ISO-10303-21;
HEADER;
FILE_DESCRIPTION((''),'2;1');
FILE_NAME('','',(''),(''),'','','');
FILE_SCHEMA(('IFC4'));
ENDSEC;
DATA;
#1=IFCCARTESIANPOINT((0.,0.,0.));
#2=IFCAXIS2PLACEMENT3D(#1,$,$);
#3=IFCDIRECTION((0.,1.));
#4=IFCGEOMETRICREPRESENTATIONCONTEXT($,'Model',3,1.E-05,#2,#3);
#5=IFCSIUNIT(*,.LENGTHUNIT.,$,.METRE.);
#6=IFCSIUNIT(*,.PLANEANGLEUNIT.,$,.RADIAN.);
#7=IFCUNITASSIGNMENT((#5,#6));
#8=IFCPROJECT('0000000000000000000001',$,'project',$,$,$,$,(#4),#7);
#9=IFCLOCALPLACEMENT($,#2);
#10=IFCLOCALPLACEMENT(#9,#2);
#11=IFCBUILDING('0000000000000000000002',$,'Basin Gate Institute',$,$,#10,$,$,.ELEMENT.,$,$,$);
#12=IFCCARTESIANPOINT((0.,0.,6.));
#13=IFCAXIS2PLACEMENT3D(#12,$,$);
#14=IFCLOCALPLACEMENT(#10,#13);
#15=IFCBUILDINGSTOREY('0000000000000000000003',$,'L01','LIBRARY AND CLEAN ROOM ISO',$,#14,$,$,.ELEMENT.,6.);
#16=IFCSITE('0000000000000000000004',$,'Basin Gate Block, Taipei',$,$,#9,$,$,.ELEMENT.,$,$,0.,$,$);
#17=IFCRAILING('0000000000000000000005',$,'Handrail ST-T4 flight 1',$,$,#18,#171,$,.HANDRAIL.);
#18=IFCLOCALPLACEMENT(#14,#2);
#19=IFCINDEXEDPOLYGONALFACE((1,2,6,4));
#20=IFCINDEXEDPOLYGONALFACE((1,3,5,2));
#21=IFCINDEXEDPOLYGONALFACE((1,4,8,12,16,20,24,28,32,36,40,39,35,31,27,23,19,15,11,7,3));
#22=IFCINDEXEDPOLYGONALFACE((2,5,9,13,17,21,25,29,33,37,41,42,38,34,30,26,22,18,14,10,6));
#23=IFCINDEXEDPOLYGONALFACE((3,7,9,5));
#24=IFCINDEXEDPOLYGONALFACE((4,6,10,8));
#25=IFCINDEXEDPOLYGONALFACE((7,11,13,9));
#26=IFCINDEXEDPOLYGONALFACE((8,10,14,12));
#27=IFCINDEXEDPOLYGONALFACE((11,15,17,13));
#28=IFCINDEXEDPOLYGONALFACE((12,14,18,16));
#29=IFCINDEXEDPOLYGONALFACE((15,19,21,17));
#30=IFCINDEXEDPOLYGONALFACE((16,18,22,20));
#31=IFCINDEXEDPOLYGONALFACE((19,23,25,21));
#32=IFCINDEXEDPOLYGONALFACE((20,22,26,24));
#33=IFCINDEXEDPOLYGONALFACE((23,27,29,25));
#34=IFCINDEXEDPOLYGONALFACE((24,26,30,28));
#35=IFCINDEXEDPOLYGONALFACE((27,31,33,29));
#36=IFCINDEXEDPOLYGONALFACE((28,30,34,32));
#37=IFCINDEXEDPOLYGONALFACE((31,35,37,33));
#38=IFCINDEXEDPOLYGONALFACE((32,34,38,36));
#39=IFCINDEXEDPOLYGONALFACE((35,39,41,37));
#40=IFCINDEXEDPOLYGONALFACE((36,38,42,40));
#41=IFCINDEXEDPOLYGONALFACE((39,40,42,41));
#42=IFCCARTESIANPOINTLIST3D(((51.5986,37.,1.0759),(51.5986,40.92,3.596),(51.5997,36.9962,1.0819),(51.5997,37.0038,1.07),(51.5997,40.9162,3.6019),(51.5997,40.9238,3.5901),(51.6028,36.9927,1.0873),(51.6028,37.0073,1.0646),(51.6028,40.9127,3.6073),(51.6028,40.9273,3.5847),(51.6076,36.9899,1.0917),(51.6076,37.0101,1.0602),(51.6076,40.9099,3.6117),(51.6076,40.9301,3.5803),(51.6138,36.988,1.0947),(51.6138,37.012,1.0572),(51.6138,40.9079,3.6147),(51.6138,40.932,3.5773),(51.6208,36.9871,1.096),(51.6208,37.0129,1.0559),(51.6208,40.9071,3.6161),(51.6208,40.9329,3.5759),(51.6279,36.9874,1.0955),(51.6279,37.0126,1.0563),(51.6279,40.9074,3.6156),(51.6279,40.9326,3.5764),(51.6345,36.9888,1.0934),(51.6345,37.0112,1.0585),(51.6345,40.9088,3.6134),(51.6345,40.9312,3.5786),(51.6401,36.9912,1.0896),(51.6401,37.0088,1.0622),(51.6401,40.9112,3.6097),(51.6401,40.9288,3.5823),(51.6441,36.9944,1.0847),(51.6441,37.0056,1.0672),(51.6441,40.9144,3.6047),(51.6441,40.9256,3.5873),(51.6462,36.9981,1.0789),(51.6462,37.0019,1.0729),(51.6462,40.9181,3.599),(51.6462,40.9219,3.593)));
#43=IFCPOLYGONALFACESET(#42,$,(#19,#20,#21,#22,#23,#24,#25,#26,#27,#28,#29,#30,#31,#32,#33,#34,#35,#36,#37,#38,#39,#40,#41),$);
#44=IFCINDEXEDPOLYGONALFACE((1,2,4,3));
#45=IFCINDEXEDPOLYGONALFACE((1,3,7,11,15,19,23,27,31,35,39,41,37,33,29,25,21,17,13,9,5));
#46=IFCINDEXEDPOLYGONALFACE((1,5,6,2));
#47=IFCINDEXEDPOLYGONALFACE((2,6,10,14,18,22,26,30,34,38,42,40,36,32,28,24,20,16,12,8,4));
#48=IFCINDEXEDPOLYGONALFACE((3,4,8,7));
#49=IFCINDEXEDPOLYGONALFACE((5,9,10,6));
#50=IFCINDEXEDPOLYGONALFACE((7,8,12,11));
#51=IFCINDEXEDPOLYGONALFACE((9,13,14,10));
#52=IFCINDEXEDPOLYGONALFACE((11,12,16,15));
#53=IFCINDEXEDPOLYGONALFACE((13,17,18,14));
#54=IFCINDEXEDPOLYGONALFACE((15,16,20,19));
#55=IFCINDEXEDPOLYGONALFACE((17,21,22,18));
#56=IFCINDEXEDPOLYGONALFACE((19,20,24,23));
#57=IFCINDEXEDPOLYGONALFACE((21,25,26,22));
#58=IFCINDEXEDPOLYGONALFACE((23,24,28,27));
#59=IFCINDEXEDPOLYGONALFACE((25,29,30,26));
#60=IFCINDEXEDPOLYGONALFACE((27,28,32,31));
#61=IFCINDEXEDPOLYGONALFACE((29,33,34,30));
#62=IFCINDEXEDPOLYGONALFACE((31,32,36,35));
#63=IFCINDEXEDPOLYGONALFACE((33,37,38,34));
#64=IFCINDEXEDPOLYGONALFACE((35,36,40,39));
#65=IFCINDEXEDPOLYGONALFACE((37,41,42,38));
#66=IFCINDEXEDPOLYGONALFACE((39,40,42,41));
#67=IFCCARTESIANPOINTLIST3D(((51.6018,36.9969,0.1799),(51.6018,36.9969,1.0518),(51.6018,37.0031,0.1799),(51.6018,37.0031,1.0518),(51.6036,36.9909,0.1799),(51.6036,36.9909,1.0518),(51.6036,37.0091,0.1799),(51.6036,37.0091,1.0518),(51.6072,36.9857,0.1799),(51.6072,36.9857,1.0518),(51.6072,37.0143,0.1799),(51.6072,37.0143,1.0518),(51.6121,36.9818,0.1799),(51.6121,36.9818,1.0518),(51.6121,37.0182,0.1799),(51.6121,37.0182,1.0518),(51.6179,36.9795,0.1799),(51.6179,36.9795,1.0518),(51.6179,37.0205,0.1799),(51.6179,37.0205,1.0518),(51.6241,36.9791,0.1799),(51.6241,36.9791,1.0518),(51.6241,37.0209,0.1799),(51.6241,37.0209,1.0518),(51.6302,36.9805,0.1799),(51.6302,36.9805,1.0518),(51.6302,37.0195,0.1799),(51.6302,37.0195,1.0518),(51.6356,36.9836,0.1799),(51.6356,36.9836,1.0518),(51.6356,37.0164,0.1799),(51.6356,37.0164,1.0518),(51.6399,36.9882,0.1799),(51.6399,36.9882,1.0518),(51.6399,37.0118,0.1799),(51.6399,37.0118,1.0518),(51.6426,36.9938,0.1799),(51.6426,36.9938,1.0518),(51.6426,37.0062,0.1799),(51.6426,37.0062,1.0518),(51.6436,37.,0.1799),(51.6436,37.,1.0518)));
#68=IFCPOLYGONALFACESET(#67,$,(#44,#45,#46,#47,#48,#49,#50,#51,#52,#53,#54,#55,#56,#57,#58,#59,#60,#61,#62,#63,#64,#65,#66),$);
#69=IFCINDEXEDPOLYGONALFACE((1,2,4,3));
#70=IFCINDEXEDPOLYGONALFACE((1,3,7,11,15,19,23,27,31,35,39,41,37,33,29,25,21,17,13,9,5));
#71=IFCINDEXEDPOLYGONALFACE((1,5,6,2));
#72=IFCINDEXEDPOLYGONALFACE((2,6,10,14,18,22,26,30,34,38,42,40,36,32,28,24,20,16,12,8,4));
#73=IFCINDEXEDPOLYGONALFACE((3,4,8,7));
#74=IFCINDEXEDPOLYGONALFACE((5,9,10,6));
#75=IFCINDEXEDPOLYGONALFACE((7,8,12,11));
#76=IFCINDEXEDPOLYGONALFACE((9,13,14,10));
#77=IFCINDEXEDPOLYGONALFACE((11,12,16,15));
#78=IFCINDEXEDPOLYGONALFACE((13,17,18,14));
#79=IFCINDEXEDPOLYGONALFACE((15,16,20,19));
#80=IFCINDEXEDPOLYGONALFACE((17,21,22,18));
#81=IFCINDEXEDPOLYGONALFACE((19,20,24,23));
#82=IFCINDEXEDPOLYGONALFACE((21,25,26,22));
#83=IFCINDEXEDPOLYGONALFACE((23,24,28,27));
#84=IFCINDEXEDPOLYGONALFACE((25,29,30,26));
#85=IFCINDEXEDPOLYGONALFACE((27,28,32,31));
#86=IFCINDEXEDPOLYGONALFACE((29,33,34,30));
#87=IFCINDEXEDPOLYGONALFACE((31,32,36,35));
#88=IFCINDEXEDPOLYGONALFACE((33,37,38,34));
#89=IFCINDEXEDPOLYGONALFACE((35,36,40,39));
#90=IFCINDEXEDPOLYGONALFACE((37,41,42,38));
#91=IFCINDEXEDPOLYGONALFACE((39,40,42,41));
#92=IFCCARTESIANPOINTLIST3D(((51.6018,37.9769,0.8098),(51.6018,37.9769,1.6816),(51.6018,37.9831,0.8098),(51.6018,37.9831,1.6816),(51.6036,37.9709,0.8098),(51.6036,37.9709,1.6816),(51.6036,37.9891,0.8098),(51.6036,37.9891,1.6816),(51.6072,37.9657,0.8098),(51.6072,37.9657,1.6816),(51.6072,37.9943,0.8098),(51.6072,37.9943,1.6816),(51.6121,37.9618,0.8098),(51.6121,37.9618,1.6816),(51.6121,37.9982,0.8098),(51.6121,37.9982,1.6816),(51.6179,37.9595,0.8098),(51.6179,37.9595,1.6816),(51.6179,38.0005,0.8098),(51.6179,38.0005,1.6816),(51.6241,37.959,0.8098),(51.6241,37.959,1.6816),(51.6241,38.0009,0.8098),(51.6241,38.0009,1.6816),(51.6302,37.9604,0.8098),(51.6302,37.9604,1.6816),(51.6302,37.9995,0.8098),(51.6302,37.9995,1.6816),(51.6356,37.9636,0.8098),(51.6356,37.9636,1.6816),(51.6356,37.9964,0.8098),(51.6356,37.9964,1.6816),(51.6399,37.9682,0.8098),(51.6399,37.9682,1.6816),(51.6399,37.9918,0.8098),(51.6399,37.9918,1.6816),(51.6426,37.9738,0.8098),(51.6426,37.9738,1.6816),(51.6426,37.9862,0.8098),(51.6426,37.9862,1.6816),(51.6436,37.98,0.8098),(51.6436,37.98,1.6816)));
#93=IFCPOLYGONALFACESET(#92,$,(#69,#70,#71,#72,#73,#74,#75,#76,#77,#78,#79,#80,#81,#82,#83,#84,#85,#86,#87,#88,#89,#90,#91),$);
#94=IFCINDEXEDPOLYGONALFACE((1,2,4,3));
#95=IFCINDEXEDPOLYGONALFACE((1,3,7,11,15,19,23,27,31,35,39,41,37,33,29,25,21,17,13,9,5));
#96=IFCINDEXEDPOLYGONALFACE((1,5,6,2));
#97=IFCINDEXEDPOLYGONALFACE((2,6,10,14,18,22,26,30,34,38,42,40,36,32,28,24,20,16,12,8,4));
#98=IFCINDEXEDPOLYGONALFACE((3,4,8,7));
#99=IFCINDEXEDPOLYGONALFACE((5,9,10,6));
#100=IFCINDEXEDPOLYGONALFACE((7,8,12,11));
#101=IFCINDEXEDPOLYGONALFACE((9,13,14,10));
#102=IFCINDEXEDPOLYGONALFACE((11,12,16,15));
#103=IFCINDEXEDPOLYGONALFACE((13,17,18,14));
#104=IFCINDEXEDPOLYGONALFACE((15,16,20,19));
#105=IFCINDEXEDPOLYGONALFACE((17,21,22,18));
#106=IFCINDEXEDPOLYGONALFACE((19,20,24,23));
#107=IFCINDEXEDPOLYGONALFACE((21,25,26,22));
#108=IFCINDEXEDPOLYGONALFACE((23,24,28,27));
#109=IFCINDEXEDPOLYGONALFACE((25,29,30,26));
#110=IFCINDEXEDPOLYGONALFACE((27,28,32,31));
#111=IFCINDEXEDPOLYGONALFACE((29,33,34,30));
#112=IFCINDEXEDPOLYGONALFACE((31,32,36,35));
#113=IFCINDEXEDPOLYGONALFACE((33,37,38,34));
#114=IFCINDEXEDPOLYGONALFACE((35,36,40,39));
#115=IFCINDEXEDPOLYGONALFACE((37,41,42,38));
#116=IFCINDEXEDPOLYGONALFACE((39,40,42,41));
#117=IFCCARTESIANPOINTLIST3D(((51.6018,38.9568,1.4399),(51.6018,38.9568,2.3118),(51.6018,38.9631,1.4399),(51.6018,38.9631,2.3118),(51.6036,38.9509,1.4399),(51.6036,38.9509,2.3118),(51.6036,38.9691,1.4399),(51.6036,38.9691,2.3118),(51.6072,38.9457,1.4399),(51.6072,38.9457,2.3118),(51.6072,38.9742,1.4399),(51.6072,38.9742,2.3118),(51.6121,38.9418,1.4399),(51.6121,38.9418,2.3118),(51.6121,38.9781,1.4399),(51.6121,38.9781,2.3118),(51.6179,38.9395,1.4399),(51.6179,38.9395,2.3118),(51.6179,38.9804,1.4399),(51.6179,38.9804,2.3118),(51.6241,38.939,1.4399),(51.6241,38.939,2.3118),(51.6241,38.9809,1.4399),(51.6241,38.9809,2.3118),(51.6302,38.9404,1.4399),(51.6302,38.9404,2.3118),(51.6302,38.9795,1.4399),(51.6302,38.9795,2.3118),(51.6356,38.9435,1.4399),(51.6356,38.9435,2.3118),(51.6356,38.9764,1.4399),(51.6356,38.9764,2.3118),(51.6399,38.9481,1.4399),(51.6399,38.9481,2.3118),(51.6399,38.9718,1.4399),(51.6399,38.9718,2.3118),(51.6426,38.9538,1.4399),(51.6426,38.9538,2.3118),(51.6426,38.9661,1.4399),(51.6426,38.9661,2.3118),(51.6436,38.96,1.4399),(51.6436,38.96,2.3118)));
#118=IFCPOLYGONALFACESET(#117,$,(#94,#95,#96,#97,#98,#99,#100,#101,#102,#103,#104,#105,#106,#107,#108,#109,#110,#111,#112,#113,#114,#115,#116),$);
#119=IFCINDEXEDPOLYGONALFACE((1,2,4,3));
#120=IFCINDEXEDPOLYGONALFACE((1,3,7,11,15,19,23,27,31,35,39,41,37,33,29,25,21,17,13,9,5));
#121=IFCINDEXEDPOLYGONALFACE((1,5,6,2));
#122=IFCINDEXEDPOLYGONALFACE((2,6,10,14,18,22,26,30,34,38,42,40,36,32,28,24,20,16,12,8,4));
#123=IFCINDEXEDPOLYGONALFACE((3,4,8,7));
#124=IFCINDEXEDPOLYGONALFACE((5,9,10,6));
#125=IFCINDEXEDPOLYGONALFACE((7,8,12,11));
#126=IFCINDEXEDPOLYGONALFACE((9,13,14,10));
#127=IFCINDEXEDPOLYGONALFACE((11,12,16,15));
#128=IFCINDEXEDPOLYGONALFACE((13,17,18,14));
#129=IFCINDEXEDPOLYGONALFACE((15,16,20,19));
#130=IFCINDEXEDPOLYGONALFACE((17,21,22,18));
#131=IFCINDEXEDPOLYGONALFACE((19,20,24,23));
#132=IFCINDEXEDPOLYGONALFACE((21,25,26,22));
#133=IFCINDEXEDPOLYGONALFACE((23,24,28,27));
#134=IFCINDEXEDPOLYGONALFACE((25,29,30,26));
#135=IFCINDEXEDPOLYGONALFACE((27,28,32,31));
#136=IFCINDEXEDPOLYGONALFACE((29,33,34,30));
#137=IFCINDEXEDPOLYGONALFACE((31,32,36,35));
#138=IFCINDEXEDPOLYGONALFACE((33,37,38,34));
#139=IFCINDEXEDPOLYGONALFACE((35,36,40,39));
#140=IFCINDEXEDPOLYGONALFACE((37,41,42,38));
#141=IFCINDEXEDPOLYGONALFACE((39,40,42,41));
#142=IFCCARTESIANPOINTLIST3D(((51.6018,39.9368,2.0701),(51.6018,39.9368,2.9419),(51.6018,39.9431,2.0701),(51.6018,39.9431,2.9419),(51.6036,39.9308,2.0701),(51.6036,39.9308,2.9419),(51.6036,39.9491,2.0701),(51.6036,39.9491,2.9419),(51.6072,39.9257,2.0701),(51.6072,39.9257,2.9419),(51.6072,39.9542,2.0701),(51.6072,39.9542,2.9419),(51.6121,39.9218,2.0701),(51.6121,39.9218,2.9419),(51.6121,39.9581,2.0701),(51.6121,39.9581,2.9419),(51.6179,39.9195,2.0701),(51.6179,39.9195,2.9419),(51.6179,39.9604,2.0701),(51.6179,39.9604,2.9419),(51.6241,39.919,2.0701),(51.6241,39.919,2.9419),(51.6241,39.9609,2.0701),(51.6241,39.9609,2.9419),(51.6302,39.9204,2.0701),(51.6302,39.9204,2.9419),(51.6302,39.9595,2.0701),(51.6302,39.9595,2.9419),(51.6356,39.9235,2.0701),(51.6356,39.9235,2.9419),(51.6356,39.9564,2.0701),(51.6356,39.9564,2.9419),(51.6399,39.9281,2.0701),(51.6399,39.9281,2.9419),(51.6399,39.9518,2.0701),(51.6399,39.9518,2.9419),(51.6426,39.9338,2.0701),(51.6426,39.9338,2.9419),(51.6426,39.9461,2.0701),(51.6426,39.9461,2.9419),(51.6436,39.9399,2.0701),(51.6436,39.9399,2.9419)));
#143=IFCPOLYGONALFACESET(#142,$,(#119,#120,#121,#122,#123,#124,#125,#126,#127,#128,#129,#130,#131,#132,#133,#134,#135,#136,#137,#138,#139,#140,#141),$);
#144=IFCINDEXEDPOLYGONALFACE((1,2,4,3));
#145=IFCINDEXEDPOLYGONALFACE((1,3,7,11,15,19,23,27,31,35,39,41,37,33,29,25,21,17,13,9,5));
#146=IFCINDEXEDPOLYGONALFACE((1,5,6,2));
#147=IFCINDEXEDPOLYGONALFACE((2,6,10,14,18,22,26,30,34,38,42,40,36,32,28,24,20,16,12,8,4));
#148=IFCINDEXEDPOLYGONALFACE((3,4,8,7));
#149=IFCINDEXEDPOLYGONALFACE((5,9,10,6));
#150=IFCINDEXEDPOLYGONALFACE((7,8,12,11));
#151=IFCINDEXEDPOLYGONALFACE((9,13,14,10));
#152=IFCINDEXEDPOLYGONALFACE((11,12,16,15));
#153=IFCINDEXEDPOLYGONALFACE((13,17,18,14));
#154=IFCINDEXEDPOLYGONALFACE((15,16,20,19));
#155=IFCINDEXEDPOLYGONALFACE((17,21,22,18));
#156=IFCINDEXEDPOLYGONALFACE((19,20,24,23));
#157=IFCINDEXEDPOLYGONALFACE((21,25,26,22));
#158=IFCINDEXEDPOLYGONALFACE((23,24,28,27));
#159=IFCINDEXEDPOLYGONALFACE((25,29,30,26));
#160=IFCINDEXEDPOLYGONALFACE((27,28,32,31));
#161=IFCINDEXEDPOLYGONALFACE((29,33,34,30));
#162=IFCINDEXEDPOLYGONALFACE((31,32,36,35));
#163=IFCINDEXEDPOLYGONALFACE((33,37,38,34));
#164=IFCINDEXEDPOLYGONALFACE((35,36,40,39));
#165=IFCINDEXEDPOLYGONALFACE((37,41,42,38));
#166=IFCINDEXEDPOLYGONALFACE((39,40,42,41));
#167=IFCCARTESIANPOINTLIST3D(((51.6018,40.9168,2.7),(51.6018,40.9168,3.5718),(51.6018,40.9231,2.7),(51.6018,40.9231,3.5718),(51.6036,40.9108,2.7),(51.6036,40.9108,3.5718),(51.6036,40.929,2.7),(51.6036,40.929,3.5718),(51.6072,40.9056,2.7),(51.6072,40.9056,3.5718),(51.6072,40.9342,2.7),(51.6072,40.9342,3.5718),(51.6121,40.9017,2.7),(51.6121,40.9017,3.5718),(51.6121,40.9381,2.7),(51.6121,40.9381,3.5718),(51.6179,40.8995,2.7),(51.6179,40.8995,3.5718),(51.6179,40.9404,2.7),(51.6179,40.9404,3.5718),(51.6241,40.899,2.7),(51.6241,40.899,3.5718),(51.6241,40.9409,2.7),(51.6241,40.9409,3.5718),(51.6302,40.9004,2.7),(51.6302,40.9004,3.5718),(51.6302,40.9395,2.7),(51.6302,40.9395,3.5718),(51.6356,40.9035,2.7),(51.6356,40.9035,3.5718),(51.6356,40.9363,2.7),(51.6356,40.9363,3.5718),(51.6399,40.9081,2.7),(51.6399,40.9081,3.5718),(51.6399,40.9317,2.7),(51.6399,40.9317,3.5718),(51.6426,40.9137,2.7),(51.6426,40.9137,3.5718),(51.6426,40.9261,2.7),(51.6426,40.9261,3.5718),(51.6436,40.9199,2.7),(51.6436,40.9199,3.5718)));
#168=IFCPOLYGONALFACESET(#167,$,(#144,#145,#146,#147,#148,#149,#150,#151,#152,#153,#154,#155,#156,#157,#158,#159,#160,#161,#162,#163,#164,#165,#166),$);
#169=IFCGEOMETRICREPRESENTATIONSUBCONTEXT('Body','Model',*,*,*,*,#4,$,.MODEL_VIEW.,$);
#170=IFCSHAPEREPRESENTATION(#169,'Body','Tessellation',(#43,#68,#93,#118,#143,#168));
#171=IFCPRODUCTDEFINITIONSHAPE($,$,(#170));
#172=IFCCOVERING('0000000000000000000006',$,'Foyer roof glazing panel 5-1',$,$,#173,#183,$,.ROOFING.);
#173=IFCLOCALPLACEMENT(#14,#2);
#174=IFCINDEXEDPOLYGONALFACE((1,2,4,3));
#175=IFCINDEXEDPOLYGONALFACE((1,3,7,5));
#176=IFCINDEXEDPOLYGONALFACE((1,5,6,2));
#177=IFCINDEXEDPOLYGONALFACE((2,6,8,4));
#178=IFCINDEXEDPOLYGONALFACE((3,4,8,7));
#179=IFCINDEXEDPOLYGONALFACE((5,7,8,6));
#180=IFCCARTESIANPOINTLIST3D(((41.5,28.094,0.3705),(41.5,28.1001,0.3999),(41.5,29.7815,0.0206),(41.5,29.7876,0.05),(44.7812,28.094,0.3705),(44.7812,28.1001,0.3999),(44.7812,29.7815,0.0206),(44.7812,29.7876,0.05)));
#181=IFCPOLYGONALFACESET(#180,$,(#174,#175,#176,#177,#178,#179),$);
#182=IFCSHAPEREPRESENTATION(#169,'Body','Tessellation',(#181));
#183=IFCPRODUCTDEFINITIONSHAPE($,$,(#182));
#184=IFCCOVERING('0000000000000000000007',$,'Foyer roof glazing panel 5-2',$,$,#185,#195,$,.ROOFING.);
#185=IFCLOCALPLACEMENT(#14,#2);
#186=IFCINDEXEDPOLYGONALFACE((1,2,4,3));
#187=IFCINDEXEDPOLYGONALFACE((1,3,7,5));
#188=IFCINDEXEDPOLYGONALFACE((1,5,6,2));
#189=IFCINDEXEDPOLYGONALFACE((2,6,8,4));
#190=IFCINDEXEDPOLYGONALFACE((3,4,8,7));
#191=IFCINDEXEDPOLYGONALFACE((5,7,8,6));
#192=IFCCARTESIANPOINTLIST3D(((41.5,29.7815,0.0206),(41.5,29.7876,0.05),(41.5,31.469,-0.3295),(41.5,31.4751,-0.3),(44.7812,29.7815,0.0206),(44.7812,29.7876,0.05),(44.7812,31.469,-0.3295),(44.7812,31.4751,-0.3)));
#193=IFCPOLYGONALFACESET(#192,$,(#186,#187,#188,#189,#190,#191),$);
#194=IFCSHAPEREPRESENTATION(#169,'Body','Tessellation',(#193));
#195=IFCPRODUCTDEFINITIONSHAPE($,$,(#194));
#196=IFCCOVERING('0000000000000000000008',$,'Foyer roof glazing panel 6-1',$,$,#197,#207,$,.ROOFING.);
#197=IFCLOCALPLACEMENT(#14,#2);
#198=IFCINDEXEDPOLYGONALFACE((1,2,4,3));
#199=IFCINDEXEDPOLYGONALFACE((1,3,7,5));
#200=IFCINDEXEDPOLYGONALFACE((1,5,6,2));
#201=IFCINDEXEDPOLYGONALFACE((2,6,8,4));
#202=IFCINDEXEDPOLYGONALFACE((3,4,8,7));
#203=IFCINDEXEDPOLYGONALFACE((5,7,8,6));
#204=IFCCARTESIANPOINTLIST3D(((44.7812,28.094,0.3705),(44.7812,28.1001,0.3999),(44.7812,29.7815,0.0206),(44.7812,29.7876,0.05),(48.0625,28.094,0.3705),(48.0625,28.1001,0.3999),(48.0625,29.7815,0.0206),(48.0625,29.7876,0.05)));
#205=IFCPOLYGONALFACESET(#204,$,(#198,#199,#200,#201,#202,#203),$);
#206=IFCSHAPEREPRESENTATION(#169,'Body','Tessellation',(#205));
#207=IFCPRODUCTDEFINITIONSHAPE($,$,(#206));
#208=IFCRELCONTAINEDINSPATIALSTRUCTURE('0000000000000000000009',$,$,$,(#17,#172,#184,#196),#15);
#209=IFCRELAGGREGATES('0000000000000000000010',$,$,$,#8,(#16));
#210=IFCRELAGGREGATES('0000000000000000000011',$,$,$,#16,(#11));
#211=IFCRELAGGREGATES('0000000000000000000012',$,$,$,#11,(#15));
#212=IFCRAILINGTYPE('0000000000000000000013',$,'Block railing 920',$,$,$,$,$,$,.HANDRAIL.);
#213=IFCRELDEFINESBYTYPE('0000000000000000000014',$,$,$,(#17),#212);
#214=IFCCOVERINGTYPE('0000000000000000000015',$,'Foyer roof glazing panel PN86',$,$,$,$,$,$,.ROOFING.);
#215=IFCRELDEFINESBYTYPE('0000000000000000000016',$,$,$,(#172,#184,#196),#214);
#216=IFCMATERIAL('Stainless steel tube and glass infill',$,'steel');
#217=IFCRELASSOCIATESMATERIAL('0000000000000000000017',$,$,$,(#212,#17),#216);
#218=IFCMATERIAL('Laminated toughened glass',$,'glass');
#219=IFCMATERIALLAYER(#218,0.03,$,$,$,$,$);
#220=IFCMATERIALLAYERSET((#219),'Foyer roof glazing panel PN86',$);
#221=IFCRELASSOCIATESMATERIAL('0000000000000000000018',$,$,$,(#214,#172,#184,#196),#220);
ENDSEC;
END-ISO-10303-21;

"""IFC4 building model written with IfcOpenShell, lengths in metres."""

from ifc_helpers import new_model, si_unit, direction, frame, origin, origin_2d, place, context, subcontext, project, spatial, polyline, circle, outline, extrude, material, layer, layer_set, type_object, element, save


model = new_model("IFC4")

# Units and contexts
model_context = context("Model", 3, precision=1e-05, world=origin(), true_north=direction((0.0, 1.0)))
body_context = subcontext(model_context, "Body", "Model", "MODEL_VIEW")
ifc_project = project(units=[si_unit("LENGTHUNIT", "METRE"), si_unit("PLANEANGLEUNIT", "RADIAN")], contexts=[model_context])

# Site, building, storey
site_placement = place(None, origin())
site = spatial("IfcSite", under=ifc_project, at=site_placement, Name="Basin Gate Block, Taipei", CompositionType="ELEMENT", RefElevation=0.0)
building_placement = place(site_placement, origin())
building = spatial("IfcBuilding", under=site, at=building_placement, Name="Basin Gate Institute", CompositionType="ELEMENT")
storey_placement = place(building_placement, frame((0.0, 0.0, 6.0)))
storey = spatial("IfcBuildingStorey", under=building, at=storey_placement, Name="L01", Description="LIBRARY AND CLEAN ROOM ISO", CompositionType="ELEMENT", Elevation=6.0)

# Railing
ifc_material_1 = material(Name="Stainless steel tube and glass infill", Category="steel")
railing_type_1 = type_object("IfcRailingType", Name="Block railing 920", PredefinedType="HANDRAIL", material=ifc_material_1)
railing_1_placement = place(storey_placement, frame((51.6226, 37.0, 0.1799)))
element("IfcRailing", 1, at=railing_1_placement, inside=storey, type_object=railing_type_1, material=ifc_material_1, Name="Handrail ST-T4 flight 1", PredefinedType="HANDRAIL", context=body_context, shape_type="SweptSolid", body=[
    extrude(circle(Radius=0.0239, at=origin_2d()), frame((0.0, 0.0, 0.896), z_axis=(0.0, 0.841172, 0.540768), x_axis=(-1.0, 0.0, 0.0)), (0.0, 0.0, 1.0), 4.6602),
    extrude(circle(Radius=0.021, at=origin_2d()), origin(), (0.0, 0.0, 1.0), 0.8718),
    extrude(circle(Radius=0.021, at=origin_2d()), frame((0.0, 0.98, 0.6299)), (0.0, 0.0, 1.0), 0.8718),
    extrude(circle(Radius=0.021, at=origin_2d()), frame((0.0, 1.96, 1.26)), (0.0, 0.0, 1.0), 0.8718),
    extrude(circle(Radius=0.021, at=origin_2d()), frame((0.0, 2.9399, 1.8901)), (0.0, 0.0, 1.0), 0.8718),
    extrude(circle(Radius=0.021, at=origin_2d()), frame((0.0, 3.9199, 2.52)), (0.0, 0.0, 1.0), 0.8718),
])

# Coverings
ifc_material_2 = material(Name="Laminated toughened glass", Category="glass")
ifc_layer_1 = layer(ifc_material_2, 0.03)
ifc_layer_set_1 = layer_set([ifc_layer_1], Name="Foyer roof glazing panel PN86")
covering_type = type_object("IfcCoveringType", Name="Foyer roof glazing panel PN86", PredefinedType="ROOFING", material=ifc_layer_set_1)
covering_1_placement = place(storey_placement, frame((41.5, 28.1001, 0.3999), z_axis=(0.0, 0.203004, 0.979178), x_axis=(1.0, 0.0, 0.0)))
element("IfcCovering", 2, at=covering_1_placement, inside=storey, type_object=covering_type, material=ifc_layer_set_1, Name="Foyer roof glazing panel 5-1", PredefinedType="ROOFING", context=body_context, shape_type="SweptSolid", body=[
    extrude(outline(polyline([(0.0, 0.0), (3.2812, 0.0), (3.2812, 1.7234), (0.0, 1.7234), (0.0, 0.0)])), origin(), (0.0, 0.0, -1.0), 0.03),
])
covering_2_placement = place(storey_placement, frame((41.5, 29.7876, 0.05), z_axis=(0.0, 0.20314, 0.97915), x_axis=(1.0, 0.0, 0.0)))
element("IfcCovering", 3, at=covering_2_placement, inside=storey, type_object=covering_type, material=ifc_layer_set_1, Name="Foyer roof glazing panel 5-2", PredefinedType="ROOFING", context=body_context, shape_type="SweptSolid", body=[
    extrude(outline(polyline([(0.0, 0.0), (3.2812, 0.0), (3.2812, 1.7234), (0.0, 1.7234), (0.0, 0.0)])), origin(), (0.0, 0.0, -1.0), 0.03),
])
covering_3_placement = place(storey_placement, frame((44.7812, 28.1001, 0.3999), z_axis=(0.0, 0.203004, 0.979178), x_axis=(1.0, 0.0, 0.0)))
element("IfcCovering", 4, at=covering_3_placement, inside=storey, type_object=covering_type, material=ifc_layer_set_1, Name="Foyer roof glazing panel 6-1", PredefinedType="ROOFING", context=body_context, shape_type="SweptSolid", body=[
    extrude(outline(polyline([(0.0, 0.0), (3.2812, 0.0), (3.2812, 1.7234), (0.0, 1.7234), (0.0, 0.0)])), origin(), (0.0, 0.0, -1.0), 0.03),
])

save(model, "model.ifc")
